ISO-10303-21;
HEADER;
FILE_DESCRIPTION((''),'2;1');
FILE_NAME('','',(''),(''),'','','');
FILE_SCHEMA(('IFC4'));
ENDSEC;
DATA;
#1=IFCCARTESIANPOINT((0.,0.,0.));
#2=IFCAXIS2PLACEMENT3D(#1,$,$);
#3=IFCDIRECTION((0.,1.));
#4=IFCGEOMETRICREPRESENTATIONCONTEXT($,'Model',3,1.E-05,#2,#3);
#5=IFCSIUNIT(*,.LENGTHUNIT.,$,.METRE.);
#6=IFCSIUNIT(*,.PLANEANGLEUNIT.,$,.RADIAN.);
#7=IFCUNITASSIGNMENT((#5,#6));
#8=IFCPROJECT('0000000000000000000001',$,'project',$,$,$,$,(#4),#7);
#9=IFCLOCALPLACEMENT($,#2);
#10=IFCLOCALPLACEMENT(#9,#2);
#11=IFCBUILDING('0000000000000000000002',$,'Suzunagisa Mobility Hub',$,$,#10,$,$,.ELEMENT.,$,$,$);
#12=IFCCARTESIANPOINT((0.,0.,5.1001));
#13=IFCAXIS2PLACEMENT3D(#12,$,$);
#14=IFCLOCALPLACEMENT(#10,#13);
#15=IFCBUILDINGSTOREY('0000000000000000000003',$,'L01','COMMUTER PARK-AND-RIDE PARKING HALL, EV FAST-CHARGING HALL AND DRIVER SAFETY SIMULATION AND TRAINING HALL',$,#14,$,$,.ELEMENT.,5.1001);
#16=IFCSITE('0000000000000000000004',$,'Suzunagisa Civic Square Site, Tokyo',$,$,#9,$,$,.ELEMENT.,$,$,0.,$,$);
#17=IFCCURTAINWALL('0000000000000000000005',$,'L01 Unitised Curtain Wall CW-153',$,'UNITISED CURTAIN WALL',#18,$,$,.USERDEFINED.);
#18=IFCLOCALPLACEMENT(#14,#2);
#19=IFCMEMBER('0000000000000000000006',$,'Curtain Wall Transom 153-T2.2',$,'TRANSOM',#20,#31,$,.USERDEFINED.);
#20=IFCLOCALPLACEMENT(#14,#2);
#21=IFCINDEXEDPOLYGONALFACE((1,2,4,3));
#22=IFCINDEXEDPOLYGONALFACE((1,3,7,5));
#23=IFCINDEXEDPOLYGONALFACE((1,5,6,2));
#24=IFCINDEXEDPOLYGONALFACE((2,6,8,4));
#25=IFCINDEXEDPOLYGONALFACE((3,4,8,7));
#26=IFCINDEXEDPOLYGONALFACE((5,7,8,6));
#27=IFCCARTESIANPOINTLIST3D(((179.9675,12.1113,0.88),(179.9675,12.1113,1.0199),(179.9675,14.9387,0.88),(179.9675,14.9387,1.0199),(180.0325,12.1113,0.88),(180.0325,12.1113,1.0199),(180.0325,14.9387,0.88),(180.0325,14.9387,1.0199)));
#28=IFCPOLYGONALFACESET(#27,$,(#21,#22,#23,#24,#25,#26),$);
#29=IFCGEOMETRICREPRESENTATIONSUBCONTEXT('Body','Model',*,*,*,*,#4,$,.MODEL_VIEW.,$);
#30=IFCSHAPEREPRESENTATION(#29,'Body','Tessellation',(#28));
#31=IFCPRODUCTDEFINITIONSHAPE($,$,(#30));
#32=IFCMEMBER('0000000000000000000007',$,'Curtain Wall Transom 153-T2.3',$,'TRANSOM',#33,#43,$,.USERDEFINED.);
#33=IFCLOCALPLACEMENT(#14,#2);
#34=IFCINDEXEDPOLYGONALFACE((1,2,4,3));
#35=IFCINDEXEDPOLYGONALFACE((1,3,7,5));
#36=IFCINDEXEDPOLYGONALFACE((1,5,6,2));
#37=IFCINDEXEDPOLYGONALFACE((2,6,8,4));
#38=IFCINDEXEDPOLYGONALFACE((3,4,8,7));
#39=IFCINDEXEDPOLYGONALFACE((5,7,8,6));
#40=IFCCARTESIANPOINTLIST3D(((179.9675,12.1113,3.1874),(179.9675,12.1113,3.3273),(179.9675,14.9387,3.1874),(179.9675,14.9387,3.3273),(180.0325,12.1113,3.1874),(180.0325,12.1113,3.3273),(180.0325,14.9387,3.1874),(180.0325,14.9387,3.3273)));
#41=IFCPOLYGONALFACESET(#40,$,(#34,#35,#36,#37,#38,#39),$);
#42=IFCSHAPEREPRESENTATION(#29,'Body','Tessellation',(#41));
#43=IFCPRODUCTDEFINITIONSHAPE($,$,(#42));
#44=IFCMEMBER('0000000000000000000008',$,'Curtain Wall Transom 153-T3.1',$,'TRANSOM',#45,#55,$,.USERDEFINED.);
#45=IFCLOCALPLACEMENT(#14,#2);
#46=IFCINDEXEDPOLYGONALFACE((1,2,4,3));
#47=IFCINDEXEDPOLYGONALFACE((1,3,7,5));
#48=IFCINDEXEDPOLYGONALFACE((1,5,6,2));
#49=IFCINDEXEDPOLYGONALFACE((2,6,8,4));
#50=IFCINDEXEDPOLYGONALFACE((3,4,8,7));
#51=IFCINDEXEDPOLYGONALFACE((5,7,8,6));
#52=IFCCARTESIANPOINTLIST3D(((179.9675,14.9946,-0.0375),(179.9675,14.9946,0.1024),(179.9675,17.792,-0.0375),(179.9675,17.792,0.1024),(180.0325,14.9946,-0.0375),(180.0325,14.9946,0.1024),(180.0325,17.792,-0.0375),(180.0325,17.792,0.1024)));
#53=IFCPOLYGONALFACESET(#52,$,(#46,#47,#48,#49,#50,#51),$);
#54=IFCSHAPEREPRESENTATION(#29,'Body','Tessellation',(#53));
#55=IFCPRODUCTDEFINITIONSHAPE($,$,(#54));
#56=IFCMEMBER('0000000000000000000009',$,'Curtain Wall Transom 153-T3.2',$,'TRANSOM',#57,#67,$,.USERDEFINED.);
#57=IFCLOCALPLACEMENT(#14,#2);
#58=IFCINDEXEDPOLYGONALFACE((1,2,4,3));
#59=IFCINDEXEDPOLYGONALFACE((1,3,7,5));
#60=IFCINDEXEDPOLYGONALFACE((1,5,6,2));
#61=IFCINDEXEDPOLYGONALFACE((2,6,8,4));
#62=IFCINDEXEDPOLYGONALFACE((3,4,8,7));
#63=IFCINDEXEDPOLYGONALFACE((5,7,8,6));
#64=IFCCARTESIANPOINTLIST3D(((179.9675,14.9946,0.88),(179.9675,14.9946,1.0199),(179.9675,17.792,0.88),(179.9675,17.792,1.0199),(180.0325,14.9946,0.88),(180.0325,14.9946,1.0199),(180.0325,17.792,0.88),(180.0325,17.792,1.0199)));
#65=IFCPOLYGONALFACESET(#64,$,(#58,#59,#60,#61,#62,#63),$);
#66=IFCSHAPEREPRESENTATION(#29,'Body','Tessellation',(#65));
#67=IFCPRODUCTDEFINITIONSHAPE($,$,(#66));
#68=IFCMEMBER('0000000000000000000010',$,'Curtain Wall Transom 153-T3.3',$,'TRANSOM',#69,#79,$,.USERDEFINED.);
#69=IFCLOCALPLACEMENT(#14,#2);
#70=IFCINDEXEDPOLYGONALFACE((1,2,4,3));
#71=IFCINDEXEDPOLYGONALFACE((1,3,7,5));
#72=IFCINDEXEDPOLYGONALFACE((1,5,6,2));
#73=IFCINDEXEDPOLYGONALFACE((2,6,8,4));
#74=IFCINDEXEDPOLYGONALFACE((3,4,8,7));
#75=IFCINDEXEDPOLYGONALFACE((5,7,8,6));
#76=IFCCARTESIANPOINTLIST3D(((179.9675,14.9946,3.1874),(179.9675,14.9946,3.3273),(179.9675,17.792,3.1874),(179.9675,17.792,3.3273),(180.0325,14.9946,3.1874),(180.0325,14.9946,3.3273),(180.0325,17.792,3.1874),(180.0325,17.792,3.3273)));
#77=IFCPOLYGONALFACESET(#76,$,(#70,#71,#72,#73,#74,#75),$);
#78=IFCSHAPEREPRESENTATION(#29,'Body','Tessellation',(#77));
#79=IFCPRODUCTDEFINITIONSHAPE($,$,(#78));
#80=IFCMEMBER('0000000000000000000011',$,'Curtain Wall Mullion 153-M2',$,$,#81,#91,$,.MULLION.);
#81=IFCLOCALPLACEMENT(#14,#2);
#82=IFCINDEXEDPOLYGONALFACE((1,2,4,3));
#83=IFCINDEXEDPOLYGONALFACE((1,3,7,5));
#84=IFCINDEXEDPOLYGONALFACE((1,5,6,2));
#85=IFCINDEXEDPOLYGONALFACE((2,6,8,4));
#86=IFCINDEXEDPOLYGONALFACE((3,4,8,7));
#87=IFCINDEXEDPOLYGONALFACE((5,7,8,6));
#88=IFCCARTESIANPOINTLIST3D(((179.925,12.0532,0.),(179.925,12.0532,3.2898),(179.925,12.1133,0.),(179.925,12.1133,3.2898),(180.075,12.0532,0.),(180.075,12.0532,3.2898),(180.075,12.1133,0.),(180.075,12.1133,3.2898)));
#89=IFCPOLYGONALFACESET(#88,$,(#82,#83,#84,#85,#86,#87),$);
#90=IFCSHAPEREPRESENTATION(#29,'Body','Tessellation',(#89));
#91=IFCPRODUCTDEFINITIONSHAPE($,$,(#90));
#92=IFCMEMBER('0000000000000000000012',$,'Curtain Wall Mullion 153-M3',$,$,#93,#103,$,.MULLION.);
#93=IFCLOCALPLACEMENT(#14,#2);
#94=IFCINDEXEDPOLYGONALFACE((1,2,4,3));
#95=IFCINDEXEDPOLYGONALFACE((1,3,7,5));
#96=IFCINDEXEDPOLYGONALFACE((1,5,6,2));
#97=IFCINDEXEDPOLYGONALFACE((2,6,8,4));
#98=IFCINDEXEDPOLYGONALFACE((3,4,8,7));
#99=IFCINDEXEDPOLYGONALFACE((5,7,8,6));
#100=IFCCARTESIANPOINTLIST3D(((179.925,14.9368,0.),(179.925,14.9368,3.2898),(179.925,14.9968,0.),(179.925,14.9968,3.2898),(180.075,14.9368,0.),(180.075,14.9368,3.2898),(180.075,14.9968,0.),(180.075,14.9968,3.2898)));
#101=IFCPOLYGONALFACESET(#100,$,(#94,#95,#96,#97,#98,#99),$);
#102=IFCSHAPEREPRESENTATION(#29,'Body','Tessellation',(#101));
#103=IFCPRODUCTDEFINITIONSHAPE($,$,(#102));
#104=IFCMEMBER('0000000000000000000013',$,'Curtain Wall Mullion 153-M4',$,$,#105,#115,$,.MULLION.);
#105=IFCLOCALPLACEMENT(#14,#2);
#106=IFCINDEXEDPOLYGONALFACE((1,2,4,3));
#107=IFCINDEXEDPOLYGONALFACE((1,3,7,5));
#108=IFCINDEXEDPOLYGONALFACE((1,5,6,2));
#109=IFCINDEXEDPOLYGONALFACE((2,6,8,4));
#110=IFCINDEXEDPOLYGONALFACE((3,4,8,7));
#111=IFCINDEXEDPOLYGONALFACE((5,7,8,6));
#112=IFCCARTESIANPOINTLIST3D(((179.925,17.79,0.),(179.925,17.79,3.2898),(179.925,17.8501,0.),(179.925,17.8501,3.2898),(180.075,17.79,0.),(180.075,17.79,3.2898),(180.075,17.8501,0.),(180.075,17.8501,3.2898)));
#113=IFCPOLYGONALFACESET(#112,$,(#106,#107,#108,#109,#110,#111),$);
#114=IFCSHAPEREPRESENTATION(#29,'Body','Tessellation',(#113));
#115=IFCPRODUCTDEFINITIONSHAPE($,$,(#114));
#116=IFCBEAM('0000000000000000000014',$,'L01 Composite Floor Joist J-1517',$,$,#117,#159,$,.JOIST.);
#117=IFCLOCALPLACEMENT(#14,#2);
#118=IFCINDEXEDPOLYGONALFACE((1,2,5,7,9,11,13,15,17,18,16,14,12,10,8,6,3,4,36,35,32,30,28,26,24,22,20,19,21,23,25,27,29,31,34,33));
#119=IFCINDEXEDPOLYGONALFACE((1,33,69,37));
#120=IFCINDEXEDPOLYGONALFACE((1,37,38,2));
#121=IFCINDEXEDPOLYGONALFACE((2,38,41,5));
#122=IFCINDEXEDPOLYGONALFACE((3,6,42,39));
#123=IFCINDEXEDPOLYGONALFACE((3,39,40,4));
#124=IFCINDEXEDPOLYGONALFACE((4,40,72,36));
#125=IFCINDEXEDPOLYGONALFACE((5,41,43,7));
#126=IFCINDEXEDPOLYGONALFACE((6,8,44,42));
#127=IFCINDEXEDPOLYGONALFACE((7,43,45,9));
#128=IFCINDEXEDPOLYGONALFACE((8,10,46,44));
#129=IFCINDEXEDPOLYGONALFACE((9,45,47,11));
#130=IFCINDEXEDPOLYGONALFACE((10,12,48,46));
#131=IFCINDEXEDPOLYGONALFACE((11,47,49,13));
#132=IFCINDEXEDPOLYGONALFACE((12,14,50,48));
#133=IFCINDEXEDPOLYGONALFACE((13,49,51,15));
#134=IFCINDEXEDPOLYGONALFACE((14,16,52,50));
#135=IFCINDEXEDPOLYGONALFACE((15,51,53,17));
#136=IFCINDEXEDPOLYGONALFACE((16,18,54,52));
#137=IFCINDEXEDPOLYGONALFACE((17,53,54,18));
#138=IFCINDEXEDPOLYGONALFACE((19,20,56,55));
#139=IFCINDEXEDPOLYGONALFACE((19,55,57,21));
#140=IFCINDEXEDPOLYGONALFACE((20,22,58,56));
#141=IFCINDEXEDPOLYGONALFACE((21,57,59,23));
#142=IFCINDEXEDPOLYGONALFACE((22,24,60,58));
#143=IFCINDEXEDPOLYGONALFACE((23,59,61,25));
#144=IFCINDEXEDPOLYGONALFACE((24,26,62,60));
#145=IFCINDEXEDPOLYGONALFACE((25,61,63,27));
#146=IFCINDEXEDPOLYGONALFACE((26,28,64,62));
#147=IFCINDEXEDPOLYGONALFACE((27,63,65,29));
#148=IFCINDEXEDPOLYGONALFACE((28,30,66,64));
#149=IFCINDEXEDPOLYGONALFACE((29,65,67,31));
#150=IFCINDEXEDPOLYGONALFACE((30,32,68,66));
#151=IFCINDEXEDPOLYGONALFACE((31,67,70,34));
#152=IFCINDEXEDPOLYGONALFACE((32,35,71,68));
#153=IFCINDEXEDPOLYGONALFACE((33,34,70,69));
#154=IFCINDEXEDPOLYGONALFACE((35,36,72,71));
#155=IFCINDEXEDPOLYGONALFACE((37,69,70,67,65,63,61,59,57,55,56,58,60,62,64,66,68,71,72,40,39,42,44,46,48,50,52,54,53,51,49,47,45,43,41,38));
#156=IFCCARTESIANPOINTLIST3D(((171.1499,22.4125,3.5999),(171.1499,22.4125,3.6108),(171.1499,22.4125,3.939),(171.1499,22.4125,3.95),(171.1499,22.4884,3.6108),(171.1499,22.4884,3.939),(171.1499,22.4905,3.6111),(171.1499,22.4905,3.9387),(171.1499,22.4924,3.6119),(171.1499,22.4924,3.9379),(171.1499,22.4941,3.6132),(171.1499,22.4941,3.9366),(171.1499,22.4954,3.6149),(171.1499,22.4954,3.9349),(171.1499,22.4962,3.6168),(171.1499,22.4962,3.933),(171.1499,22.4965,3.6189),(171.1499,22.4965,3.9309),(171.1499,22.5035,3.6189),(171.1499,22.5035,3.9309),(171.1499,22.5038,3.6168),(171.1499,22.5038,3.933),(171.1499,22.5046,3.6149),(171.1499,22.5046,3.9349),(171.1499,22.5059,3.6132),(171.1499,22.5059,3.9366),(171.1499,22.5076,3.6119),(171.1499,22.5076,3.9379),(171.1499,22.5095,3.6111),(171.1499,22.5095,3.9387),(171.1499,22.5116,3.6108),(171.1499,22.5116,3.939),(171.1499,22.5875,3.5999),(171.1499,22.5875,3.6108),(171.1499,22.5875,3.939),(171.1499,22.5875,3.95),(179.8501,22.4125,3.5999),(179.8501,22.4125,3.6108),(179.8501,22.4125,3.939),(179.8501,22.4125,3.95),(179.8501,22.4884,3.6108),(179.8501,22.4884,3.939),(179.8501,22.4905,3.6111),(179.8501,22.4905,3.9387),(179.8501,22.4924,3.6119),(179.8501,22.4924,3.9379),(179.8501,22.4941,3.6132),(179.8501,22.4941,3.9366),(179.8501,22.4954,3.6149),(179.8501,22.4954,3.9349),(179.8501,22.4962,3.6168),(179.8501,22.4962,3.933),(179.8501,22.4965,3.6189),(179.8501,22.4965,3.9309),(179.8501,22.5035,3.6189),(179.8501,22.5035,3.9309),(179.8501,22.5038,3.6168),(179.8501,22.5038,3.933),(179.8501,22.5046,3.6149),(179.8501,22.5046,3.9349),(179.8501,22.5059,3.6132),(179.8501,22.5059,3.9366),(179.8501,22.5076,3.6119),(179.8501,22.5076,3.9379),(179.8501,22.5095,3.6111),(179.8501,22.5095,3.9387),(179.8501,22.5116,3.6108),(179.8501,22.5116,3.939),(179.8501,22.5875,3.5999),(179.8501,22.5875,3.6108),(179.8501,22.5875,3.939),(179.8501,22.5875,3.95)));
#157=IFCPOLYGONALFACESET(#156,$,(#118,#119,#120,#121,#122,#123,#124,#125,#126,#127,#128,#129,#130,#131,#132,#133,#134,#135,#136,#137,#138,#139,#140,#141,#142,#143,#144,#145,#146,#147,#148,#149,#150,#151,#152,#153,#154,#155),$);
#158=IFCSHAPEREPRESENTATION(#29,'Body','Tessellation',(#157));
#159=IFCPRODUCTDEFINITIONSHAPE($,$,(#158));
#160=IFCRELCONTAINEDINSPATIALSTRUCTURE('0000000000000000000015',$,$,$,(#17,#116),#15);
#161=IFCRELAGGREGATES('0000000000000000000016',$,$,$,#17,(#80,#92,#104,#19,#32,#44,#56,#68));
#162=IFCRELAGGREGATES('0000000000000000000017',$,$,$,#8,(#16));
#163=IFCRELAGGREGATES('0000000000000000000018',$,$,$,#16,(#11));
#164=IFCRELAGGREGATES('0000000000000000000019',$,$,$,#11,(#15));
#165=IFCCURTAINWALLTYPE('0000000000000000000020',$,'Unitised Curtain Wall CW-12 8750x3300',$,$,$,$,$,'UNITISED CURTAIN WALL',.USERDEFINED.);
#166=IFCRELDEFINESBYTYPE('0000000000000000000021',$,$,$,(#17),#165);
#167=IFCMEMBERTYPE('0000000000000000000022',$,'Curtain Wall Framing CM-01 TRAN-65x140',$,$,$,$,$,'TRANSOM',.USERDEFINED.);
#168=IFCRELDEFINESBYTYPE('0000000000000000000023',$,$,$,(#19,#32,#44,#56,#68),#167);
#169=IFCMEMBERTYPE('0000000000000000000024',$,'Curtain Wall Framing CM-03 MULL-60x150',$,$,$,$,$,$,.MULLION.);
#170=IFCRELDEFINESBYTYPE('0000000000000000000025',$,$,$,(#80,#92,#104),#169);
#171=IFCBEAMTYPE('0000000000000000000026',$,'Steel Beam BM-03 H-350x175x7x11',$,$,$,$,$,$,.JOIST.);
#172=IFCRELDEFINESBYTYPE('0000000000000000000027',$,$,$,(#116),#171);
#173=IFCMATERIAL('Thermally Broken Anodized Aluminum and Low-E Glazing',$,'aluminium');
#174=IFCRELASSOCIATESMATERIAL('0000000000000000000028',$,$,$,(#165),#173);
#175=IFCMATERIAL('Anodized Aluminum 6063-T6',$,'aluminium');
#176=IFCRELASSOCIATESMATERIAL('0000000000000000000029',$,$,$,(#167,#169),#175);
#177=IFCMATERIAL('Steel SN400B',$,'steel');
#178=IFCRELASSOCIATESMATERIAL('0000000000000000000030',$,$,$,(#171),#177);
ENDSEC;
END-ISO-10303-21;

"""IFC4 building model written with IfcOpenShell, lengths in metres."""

from ifc_helpers import new_model, si_unit, direction, frame, origin, origin_2d, place, context, subcontext, project, spatial, rectangle, i_section, extrude, material, material_profile, profile_set, type_object, element, aggregate, save


model = new_model("IFC4")

# Units and contexts
model_context = context("Model", 3, precision=1e-05, world=origin(), true_north=direction((0.0, 1.0)))
body_context = subcontext(model_context, "Body", "Model", "MODEL_VIEW")
ifc_project = project(units=[si_unit("LENGTHUNIT", "METRE"), si_unit("PLANEANGLEUNIT", "RADIAN")], contexts=[model_context])

# Site, building, storey
site_placement = place(None, origin())
site = spatial("IfcSite", under=ifc_project, at=site_placement, Name="Suzunagisa Civic Square Site, Tokyo", CompositionType="ELEMENT", RefElevation=0.0)
building_placement = place(site_placement, origin())
building = spatial("IfcBuilding", under=site, at=building_placement, Name="Suzunagisa Mobility Hub", CompositionType="ELEMENT")
storey_placement = place(building_placement, frame((0.0, 0.0, 5.1001)))
storey = spatial("IfcBuildingStorey", under=building, at=storey_placement, Name="L01", Description="COMMUTER PARK-AND-RIDE PARKING HALL, EV FAST-CHARGING HALL AND DRIVER SAFETY SIMULATION AND TRAINING HALL", CompositionType="ELEMENT", Elevation=5.1001)

# Curtain wall, members
ifc_material_1 = material(Name="Thermally Broken Anodized Aluminum and Low-E Glazing", Category="aluminium")
curtain_wall_type = type_object("IfcCurtainWallType", Name="Unitised Curtain Wall CW-12 8750x3300", ElementType="UNITISED CURTAIN WALL", PredefinedType="USERDEFINED", material=ifc_material_1)
curtain_wall_placement = place(storey_placement, origin())
curtain_wall = element("IfcCurtainWall", 1, at=curtain_wall_placement, inside=storey, type_object=curtain_wall_type, Name="L01 Unitised Curtain Wall CW-153", ObjectType="UNITISED CURTAIN WALL", PredefinedType="USERDEFINED")
ifc_material_2 = material(Name="Anodized Aluminum 6063-T6", Category="aluminium")
ifc_material_profile_1 = material_profile(ifc_material_2, rectangle(XDim=0.0649, YDim=0.1399, at=origin_2d()), Name="TRAN-65x140")
ifc_profile_set_1 = profile_set([ifc_material_profile_1], Name="Anodized Aluminum 6063-T6")
member_type_1 = type_object("IfcMemberType", Name="Curtain Wall Framing CM-01 TRAN-65x140", ElementType="TRANSOM", PredefinedType="USERDEFINED", material=ifc_profile_set_1)
member_1_placement = place(storey_placement, frame((180.0, 12.1113, 0.95), z_axis=(0.0, 1.0, 0.0), x_axis=(-1.0, 0.0, 0.0)))
member_1 = element("IfcMember", 2, at=member_1_placement, type_object=member_type_1, Name="Curtain Wall Transom 153-T2.2", ObjectType="TRANSOM", PredefinedType="USERDEFINED", context=body_context, shape_type="SweptSolid", body=[
    extrude(rectangle(XDim=0.0649, YDim=0.1399, at=origin_2d()), origin(), (0.0, 0.0, 1.0), 2.8274),
])
member_2_placement = place(storey_placement, frame((180.0, 12.1113, 3.2573), z_axis=(0.0, 1.0, 0.0), x_axis=(-1.0, 0.0, 0.0)))
member_2 = element("IfcMember", 3, at=member_2_placement, type_object=member_type_1, Name="Curtain Wall Transom 153-T2.3", ObjectType="TRANSOM", PredefinedType="USERDEFINED", context=body_context, shape_type="SweptSolid", body=[
    extrude(rectangle(XDim=0.0649, YDim=0.1399, at=origin_2d()), origin(), (0.0, 0.0, 1.0), 2.8274),
])
member_3_placement = place(storey_placement, frame((180.0, 14.9946, 0.0325), z_axis=(0.0, 1.0, 0.0), x_axis=(-1.0, 0.0, 0.0)))
member_3 = element("IfcMember", 4, at=member_3_placement, type_object=member_type_1, Name="Curtain Wall Transom 153-T3.1", ObjectType="TRANSOM", PredefinedType="USERDEFINED", context=body_context, shape_type="SweptSolid", body=[
    extrude(rectangle(XDim=0.0649, YDim=0.1399, at=origin_2d()), origin(), (0.0, 0.0, 1.0), 2.7974),
])
member_4_placement = place(storey_placement, frame((180.0, 14.9946, 0.95), z_axis=(0.0, 1.0, 0.0), x_axis=(-1.0, 0.0, 0.0)))
member_4 = element("IfcMember", 5, at=member_4_placement, type_object=member_type_1, Name="Curtain Wall Transom 153-T3.2", ObjectType="TRANSOM", PredefinedType="USERDEFINED", context=body_context, shape_type="SweptSolid", body=[
    extrude(rectangle(XDim=0.0649, YDim=0.1399, at=origin_2d()), origin(), (0.0, 0.0, 1.0), 2.7974),
])
member_5_placement = place(storey_placement, frame((180.0, 14.9946, 3.2573), z_axis=(0.0, 1.0, 0.0), x_axis=(-1.0, 0.0, 0.0)))
member_5 = element("IfcMember", 6, at=member_5_placement, type_object=member_type_1, Name="Curtain Wall Transom 153-T3.3", ObjectType="TRANSOM", PredefinedType="USERDEFINED", context=body_context, shape_type="SweptSolid", body=[
    extrude(rectangle(XDim=0.0649, YDim=0.1399, at=origin_2d()), origin(), (0.0, 0.0, 1.0), 2.7974),
])
ifc_material_profile_2 = material_profile(ifc_material_2, rectangle(XDim=0.0601, YDim=0.1499, at=origin_2d()), Name="MULL-60x150")
ifc_profile_set_2 = profile_set([ifc_material_profile_2], Name="Anodized Aluminum 6063-T6")
member_type_2 = type_object("IfcMemberType", Name="Curtain Wall Framing CM-03 MULL-60x150", PredefinedType="MULLION", material=ifc_profile_set_2)
member_6_placement = place(storey_placement, frame((180.0, 12.0833, 0.0), z_axis=(0.0, 0.0, 1.0), x_axis=(0.0, 1.0, 0.0)))
member_6 = element("IfcMember", 7, at=member_6_placement, type_object=member_type_2, Name="Curtain Wall Mullion 153-M2", PredefinedType="MULLION", context=body_context, shape_type="SweptSolid", body=[
    extrude(rectangle(XDim=0.0601, YDim=0.1499, at=origin_2d()), origin(), (0.0, 0.0, 1.0), 3.2898),
])
member_7_placement = place(storey_placement, frame((180.0, 14.9668, 0.0), z_axis=(0.0, 0.0, 1.0), x_axis=(0.0, 1.0, 0.0)))
member_7 = element("IfcMember", 8, at=member_7_placement, type_object=member_type_2, Name="Curtain Wall Mullion 153-M3", PredefinedType="MULLION", context=body_context, shape_type="SweptSolid", body=[
    extrude(rectangle(XDim=0.0601, YDim=0.1499, at=origin_2d()), origin(), (0.0, 0.0, 1.0), 3.2898),
])
member_8_placement = place(storey_placement, frame((180.0, 17.8201, 0.0), z_axis=(0.0, 0.0, 1.0), x_axis=(0.0, 1.0, 0.0)))
member_8 = element("IfcMember", 9, at=member_8_placement, type_object=member_type_2, Name="Curtain Wall Mullion 153-M4", PredefinedType="MULLION", context=body_context, shape_type="SweptSolid", body=[
    extrude(rectangle(XDim=0.0601, YDim=0.1499, at=origin_2d()), origin(), (0.0, 0.0, 1.0), 3.2898),
])

# Beam
ifc_material_3 = material(Name="Steel SN400B", Category="steel")
ifc_material_profile_3 = material_profile(ifc_material_3, i_section(OverallWidth=0.175, OverallDepth=0.3501, WebThickness=0.0071, FlangeThickness=0.011, FilletRadius=0.0081, at=origin_2d()), Name="H-350x175x7x11")
ifc_profile_set_3 = profile_set([ifc_material_profile_3], Name="Steel SN400B")
beam_type_1 = type_object("IfcBeamType", Name="Steel Beam BM-03 H-350x175x7x11", PredefinedType="JOIST", material=ifc_profile_set_3)
beam_1_placement = place(storey_placement, frame((171.1499, 22.5, 3.7749), z_axis=(1.0, 0.0, 0.0), x_axis=(0.0, 1.0, 0.0)))
element("IfcBeam", 10, at=beam_1_placement, inside=storey, type_object=beam_type_1, Name="L01 Composite Floor Joist J-1517", PredefinedType="JOIST", context=body_context, shape_type="SweptSolid", body=[
    extrude(i_section(OverallWidth=0.175, OverallDepth=0.3501, WebThickness=0.0071, FlangeThickness=0.011, FilletRadius=0.0081, at=origin_2d()), origin(), (0.0, 0.0, 1.0), 8.7002),
])

aggregate(curtain_wall, [member_6, member_7, member_8, member_1, member_2, member_3, member_4, member_5])

save(model, "model.ifc")
